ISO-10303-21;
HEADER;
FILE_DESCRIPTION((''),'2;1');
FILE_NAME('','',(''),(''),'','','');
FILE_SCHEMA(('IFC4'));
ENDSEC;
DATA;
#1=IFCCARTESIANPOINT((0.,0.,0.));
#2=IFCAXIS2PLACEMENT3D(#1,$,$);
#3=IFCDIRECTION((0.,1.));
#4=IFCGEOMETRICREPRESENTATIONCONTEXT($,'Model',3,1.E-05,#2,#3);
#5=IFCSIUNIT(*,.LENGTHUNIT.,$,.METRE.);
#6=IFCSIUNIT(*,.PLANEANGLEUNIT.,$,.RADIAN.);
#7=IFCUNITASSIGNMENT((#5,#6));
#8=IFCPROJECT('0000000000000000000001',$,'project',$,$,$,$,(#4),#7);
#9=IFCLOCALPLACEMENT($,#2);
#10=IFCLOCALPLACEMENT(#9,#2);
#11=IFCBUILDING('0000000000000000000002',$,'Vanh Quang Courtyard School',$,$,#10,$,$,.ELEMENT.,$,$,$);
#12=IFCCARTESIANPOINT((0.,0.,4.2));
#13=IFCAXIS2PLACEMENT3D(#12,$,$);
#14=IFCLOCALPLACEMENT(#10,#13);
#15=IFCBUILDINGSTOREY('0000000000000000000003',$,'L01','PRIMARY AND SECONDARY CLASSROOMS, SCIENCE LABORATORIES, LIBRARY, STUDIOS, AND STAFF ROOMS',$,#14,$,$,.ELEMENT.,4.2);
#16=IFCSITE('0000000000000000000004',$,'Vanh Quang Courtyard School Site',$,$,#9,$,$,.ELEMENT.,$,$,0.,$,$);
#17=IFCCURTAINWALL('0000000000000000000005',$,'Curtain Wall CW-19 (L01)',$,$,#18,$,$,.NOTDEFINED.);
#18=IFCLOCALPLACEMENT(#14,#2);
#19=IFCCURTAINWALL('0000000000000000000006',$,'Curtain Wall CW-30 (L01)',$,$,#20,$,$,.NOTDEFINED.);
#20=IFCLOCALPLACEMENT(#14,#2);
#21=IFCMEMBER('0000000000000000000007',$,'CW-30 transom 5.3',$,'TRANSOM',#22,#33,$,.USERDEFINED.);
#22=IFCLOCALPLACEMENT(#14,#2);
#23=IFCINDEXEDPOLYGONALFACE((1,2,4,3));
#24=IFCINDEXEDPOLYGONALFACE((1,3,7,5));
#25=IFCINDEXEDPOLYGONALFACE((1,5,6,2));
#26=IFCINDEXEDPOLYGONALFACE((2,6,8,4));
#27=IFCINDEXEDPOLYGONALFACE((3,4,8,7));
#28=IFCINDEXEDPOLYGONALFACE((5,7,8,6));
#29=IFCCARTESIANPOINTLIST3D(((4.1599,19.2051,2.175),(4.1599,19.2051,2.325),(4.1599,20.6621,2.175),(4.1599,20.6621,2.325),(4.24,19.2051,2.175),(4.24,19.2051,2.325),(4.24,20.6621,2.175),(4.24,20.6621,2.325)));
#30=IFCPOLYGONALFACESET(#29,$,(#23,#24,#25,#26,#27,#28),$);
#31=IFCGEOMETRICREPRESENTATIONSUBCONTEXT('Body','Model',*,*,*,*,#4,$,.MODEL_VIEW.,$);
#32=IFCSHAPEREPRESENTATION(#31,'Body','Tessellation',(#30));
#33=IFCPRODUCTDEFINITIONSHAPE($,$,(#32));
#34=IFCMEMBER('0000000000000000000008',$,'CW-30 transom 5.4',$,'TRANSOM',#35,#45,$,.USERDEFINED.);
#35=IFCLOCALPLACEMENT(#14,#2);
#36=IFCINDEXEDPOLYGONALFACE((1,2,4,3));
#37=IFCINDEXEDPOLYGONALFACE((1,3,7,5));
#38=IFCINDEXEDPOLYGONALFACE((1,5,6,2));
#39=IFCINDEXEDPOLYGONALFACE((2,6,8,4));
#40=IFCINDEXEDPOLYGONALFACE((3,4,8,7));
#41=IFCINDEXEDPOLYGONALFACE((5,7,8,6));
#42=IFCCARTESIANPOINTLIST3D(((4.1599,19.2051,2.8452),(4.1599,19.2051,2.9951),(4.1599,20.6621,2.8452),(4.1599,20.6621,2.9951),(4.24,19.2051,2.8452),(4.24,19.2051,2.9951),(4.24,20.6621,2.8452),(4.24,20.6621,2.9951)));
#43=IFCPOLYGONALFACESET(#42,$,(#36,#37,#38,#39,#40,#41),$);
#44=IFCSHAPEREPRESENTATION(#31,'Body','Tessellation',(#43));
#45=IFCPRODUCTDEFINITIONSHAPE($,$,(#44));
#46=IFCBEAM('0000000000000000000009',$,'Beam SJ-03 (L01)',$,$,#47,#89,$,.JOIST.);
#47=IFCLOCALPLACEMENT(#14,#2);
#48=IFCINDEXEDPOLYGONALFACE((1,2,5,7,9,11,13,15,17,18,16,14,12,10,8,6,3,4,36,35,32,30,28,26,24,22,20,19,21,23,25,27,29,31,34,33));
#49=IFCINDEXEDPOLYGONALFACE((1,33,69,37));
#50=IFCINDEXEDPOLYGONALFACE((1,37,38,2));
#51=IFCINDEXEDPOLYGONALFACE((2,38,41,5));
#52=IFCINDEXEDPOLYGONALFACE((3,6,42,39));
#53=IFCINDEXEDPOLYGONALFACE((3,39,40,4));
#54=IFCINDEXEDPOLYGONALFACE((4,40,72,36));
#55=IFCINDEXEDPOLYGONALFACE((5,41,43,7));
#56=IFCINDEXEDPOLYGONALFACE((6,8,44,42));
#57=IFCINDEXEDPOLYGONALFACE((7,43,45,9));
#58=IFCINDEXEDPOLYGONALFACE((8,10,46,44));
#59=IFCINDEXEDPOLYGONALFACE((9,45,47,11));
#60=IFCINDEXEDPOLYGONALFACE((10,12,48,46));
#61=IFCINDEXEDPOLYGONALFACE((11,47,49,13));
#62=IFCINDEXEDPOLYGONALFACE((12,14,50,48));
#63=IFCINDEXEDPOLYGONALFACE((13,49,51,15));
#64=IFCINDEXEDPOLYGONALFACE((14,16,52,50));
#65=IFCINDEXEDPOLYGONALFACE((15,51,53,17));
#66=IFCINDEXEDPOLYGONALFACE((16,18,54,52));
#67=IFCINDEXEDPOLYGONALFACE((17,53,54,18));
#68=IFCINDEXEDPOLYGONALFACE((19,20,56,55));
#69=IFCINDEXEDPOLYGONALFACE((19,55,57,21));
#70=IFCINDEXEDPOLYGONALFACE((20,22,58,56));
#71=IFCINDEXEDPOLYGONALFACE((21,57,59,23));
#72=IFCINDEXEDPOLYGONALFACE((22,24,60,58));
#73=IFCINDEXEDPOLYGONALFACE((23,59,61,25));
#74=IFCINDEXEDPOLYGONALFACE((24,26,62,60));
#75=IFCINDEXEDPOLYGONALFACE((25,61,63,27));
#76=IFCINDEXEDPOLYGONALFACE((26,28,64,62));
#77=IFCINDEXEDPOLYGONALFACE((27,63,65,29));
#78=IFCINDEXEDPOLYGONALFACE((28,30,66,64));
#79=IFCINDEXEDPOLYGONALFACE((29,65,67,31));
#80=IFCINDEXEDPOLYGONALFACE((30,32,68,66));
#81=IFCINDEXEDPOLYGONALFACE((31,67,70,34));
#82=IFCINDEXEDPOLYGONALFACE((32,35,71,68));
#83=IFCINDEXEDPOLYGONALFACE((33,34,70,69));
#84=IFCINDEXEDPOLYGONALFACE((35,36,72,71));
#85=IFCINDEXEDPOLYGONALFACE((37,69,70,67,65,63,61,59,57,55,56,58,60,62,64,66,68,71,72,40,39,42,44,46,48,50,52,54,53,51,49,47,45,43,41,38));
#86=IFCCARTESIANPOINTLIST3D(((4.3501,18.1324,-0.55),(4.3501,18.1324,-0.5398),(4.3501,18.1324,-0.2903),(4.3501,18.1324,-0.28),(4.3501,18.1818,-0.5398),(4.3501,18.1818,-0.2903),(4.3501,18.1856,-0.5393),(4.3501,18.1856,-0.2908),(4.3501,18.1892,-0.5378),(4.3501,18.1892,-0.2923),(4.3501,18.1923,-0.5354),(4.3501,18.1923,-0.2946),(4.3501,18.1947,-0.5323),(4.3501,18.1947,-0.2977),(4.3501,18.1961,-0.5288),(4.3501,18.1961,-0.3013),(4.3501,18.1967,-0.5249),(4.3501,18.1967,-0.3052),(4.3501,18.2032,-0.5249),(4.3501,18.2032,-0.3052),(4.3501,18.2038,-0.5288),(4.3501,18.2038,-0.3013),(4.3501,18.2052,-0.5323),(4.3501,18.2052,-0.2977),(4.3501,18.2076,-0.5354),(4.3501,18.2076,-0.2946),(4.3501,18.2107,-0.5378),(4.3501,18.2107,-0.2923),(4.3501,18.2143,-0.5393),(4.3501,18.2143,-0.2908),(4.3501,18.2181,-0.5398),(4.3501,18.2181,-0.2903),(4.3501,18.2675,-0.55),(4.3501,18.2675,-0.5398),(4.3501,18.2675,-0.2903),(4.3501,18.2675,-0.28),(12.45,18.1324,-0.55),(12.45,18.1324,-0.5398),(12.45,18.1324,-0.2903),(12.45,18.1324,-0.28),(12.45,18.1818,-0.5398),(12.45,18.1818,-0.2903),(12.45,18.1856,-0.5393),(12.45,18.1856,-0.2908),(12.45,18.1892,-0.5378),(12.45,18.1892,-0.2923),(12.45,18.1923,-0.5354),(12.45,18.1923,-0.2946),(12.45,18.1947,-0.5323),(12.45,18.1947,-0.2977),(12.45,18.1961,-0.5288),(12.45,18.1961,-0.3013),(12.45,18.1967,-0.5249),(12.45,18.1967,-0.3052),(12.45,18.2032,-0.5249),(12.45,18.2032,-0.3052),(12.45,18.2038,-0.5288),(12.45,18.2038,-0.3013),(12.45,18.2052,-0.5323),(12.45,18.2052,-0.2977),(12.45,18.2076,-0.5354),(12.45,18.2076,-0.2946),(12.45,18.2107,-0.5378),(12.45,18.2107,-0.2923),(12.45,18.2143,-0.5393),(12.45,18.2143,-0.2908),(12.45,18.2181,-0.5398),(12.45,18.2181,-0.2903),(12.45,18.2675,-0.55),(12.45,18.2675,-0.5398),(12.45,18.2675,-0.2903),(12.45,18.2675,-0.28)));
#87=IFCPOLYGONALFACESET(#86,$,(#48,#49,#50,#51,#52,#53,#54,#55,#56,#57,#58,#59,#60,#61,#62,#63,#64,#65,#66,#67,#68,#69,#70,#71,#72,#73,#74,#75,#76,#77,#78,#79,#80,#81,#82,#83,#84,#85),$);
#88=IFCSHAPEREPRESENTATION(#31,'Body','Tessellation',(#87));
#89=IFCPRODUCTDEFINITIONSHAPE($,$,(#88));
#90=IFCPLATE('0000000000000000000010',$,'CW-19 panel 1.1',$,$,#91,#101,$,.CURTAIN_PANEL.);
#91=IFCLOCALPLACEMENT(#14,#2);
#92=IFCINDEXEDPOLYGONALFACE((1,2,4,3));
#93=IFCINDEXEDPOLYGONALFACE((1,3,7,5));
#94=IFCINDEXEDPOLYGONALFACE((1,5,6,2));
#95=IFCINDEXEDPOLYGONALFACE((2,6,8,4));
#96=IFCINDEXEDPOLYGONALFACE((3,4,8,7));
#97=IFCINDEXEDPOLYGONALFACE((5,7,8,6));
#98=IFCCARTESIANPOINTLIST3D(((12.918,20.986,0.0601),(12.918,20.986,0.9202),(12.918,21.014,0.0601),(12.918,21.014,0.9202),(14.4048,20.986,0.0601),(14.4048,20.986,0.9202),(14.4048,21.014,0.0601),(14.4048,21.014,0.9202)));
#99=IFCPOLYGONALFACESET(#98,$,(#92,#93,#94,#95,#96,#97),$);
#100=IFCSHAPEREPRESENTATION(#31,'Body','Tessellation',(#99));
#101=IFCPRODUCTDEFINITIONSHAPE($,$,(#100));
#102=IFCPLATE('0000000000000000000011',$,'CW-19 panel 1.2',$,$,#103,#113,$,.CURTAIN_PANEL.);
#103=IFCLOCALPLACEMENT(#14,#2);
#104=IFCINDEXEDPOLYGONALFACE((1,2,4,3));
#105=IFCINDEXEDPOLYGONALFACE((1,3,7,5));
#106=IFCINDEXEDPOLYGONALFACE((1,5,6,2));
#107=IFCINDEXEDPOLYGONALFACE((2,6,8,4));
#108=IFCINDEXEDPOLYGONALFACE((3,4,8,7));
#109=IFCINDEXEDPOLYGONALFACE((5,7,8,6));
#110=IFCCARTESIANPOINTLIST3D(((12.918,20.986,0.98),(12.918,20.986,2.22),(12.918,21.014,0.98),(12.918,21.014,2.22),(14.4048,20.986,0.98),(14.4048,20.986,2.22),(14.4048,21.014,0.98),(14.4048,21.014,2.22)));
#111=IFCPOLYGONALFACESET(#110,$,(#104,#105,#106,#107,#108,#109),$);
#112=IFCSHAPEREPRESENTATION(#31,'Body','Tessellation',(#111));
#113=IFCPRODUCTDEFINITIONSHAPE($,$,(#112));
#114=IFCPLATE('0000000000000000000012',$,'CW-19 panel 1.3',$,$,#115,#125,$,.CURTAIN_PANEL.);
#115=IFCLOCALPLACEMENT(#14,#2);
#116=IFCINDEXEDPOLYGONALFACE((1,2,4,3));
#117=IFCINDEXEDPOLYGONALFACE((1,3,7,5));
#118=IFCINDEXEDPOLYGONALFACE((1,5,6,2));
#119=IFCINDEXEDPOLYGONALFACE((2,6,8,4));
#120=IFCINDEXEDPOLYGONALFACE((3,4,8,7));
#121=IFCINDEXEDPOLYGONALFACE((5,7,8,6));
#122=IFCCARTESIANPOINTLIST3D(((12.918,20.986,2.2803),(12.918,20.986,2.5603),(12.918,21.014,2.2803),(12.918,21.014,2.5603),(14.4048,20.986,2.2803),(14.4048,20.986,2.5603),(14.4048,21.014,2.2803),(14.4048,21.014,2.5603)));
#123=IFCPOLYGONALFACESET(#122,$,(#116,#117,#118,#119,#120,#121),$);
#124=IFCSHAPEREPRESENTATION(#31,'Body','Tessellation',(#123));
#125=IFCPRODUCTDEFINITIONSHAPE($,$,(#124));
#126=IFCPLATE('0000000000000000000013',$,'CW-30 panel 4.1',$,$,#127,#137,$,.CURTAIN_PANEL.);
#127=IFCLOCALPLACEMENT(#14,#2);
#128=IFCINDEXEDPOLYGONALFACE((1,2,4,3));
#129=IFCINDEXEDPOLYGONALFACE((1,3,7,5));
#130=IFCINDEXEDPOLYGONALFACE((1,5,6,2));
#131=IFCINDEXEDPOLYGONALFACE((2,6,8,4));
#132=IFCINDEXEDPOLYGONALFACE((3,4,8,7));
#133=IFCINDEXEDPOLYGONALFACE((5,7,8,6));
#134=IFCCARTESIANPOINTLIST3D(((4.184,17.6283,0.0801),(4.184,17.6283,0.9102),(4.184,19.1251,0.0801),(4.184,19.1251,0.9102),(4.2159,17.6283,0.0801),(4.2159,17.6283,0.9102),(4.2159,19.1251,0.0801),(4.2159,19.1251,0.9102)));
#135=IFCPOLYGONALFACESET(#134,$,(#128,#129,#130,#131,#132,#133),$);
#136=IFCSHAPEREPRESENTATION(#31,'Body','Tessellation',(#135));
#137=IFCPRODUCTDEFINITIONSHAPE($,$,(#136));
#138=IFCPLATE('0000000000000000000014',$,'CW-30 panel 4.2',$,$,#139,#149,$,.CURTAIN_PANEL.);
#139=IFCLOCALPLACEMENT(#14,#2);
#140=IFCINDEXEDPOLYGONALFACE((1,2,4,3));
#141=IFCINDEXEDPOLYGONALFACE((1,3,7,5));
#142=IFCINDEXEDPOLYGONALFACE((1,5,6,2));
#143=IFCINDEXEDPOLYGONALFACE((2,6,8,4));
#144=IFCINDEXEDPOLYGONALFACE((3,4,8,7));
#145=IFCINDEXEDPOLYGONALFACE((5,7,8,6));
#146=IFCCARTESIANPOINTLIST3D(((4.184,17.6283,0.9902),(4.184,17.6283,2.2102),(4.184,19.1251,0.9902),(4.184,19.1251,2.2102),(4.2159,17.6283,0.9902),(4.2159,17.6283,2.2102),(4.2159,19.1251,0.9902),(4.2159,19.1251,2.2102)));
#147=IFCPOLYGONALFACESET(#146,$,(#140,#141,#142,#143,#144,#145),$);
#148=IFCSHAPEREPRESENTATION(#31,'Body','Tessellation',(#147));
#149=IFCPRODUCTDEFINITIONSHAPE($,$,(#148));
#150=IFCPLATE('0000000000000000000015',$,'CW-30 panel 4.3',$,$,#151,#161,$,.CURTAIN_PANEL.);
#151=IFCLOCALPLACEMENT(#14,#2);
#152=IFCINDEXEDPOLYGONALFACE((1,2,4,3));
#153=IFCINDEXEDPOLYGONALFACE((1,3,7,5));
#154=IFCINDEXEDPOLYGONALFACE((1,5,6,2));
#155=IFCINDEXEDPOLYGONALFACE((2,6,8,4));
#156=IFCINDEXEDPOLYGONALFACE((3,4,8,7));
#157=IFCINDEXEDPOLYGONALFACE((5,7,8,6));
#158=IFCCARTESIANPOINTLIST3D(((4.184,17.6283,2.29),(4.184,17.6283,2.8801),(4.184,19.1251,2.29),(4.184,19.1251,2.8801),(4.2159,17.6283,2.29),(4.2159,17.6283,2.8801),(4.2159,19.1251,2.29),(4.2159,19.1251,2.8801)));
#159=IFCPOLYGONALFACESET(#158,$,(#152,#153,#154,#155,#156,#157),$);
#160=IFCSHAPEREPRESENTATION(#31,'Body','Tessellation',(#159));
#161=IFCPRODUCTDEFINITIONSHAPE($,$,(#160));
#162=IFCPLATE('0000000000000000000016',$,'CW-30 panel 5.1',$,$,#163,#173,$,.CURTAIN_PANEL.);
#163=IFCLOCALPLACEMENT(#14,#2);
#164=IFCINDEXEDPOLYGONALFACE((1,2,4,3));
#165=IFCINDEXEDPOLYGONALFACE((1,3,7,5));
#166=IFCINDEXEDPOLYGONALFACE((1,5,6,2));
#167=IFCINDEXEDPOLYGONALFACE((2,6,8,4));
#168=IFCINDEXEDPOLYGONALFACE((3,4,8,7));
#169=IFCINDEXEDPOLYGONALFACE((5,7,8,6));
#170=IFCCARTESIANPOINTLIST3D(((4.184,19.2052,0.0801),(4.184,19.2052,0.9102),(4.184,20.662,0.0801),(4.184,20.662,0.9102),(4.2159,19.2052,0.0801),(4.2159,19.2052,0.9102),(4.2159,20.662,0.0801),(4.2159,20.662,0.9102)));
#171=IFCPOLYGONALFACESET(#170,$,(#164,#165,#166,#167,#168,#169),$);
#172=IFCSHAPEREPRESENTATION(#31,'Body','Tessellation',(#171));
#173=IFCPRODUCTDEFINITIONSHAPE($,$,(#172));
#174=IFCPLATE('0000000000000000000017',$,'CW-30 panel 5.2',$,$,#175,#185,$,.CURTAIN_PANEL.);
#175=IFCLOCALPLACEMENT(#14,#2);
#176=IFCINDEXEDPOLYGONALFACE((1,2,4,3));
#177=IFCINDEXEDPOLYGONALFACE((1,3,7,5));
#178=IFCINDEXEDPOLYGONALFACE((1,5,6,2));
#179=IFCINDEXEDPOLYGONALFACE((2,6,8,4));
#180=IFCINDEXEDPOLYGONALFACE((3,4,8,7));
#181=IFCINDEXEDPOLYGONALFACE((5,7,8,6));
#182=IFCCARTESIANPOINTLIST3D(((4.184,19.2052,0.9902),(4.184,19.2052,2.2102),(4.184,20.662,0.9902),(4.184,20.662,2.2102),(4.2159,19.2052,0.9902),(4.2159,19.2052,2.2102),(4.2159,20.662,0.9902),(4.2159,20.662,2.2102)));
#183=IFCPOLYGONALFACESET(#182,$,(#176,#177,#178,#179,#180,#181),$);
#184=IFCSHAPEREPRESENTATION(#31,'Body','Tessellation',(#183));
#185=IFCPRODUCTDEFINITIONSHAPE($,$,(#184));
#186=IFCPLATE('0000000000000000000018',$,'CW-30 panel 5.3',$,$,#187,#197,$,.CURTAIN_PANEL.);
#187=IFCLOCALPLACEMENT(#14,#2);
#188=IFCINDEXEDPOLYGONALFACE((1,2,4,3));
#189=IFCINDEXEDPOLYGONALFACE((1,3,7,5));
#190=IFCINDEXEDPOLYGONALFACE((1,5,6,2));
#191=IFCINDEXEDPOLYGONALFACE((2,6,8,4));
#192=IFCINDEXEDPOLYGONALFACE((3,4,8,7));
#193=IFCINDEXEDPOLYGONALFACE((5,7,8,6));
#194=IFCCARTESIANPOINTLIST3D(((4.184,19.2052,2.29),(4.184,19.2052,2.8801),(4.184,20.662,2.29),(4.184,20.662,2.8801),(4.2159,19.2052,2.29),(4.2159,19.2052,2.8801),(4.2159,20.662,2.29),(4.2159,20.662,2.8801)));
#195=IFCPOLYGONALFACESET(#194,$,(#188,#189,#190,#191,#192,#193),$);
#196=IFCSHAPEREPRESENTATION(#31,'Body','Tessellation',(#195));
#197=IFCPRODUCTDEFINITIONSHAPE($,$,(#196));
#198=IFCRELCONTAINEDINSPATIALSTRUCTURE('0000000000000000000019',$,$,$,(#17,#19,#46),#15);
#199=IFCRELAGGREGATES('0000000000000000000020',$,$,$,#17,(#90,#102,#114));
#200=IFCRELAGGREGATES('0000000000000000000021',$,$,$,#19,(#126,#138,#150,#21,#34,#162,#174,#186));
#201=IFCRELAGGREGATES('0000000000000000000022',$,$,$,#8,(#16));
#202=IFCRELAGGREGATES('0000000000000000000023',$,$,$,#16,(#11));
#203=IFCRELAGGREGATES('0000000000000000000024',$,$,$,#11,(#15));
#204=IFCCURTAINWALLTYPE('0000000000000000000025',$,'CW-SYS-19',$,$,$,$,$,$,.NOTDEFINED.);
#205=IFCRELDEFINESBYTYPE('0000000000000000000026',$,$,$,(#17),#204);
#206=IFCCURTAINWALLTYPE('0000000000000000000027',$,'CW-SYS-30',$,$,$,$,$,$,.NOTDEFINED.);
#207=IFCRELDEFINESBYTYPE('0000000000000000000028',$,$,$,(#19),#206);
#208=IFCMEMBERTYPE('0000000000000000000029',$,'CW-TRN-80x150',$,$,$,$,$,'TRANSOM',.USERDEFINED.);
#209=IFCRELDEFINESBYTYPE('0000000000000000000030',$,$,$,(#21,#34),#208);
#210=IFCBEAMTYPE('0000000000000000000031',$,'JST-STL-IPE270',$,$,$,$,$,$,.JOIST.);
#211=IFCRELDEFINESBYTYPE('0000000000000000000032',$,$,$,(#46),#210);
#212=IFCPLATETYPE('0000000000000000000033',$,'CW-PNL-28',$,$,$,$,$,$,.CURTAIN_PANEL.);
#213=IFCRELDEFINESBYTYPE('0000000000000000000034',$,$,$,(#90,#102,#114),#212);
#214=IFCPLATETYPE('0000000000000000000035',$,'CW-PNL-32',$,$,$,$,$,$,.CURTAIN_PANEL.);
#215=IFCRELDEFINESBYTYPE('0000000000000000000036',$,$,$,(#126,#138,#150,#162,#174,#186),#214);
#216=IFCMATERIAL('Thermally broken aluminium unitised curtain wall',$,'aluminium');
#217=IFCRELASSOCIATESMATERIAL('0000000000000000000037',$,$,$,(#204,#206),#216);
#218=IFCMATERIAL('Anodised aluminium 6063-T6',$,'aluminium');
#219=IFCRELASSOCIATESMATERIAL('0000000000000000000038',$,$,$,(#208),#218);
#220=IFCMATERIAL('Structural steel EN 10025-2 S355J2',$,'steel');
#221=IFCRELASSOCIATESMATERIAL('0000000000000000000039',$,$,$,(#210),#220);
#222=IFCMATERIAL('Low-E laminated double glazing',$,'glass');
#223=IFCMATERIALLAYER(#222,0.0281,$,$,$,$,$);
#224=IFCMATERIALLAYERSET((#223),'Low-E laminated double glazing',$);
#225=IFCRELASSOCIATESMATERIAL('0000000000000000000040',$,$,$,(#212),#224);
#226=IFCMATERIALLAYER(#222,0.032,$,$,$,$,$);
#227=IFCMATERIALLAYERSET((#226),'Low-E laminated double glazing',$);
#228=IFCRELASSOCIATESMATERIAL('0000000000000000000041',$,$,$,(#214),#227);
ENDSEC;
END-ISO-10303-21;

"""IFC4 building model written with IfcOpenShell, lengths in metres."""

from ifc_helpers import new_model, si_unit, direction, frame, origin, origin_2d, place, context, subcontext, project, spatial, rectangle, i_section, extrude, material, layer, layer_set, material_profile, profile_set, type_object, element, aggregate, save


model = new_model("IFC4")

# Units and contexts
model_context = context("Model", 3, precision=1e-05, world=origin(), true_north=direction((0.0, 1.0)))
body_context = subcontext(model_context, "Body", "Model", "MODEL_VIEW")
ifc_project = project(units=[si_unit("LENGTHUNIT", "METRE"), si_unit("PLANEANGLEUNIT", "RADIAN")], contexts=[model_context])

# Site, building, storey
site_placement = place(None, origin())
site = spatial("IfcSite", under=ifc_project, at=site_placement, Name="Vanh Quang Courtyard School Site", CompositionType="ELEMENT", RefElevation=0.0)
building_placement = place(site_placement, origin())
building = spatial("IfcBuilding", under=site, at=building_placement, Name="Vanh Quang Courtyard School", CompositionType="ELEMENT")
storey_placement = place(building_placement, frame((0.0, 0.0, 4.2)))
storey = spatial("IfcBuildingStorey", under=building, at=storey_placement, Name="L01", Description="PRIMARY AND SECONDARY CLASSROOMS, SCIENCE LABORATORIES, LIBRARY, STUDIOS, AND STAFF ROOMS", CompositionType="ELEMENT", Elevation=4.2)

# Curtain wall
ifc_material_1 = material(Name="Thermally broken aluminium unitised curtain wall", Category="aluminium")
curtain_wall_type_1 = type_object("IfcCurtainWallType", Name="CW-SYS-19", PredefinedType="NOTDEFINED", material=ifc_material_1)
curtain_wall_1_placement = place(storey_placement, origin())
curtain_wall_1 = element("IfcCurtainWall", 1, at=curtain_wall_1_placement, inside=storey, type_object=curtain_wall_type_1, Name="Curtain Wall CW-19 (L01)", PredefinedType="NOTDEFINED")
ifc_material_2 = material(Name="Anodised aluminium 6063-T6", Category="aluminium")

# Curtain wall
curtain_wall_type_2 = type_object("IfcCurtainWallType", Name="CW-SYS-30", PredefinedType="NOTDEFINED", material=ifc_material_1)
curtain_wall_2_placement = place(storey_placement, origin())
curtain_wall_2 = element("IfcCurtainWall", 2, at=curtain_wall_2_placement, inside=storey, type_object=curtain_wall_type_2, Name="Curtain Wall CW-30 (L01)", PredefinedType="NOTDEFINED")

# Members
ifc_material_profile_1 = material_profile(ifc_material_2, rectangle(XDim=0.0801, YDim=0.1499, at=origin_2d()), Name="ALU-TRN 80x150")
ifc_profile_set_1 = profile_set([ifc_material_profile_1], Name="Anodised aluminium 6063-T6")
member_type_1 = type_object("IfcMemberType", Name="CW-TRN-80x150", ElementType="TRANSOM", PredefinedType="USERDEFINED", material=ifc_profile_set_1)
member_1_placement = place(storey_placement, frame((4.2, 19.2051, 2.25), z_axis=(0.0, 1.0, 0.0), x_axis=(-1.0, 0.0, 0.0)))
member_1 = element("IfcMember", 3, at=member_1_placement, type_object=member_type_1, Name="CW-30 transom 5.3", ObjectType="TRANSOM", PredefinedType="USERDEFINED", context=body_context, shape_type="SweptSolid", body=[
    extrude(rectangle(XDim=0.0801, YDim=0.1499, at=origin_2d()), origin(), (0.0, 0.0, 1.0), 1.457),
])
member_2_placement = place(storey_placement, frame((4.2, 19.2051, 2.9202), z_axis=(0.0, 1.0, 0.0), x_axis=(-1.0, 0.0, 0.0)))
member_2 = element("IfcMember", 4, at=member_2_placement, type_object=member_type_1, Name="CW-30 transom 5.4", ObjectType="TRANSOM", PredefinedType="USERDEFINED", context=body_context, shape_type="SweptSolid", body=[
    extrude(rectangle(XDim=0.0801, YDim=0.1499, at=origin_2d()), origin(), (0.0, 0.0, 1.0), 1.457),
])

# Beam
ifc_material_3 = material(Name="Structural steel EN 10025-2 S355J2", Category="steel")
ifc_material_profile_2 = material_profile(ifc_material_3, i_section(OverallWidth=0.135, OverallDepth=0.27, WebThickness=0.0066, FlangeThickness=0.0103, FilletRadius=0.0149, at=origin_2d()), Name="IPE 270")
ifc_profile_set_2 = profile_set([ifc_material_profile_2], Name="Structural steel EN 10025-2 S355J2")
beam_type_1 = type_object("IfcBeamType", Name="JST-STL-IPE270", PredefinedType="JOIST", material=ifc_profile_set_2)
beam_1_placement = place(storey_placement, frame((4.3501, 18.2, -0.415), z_axis=(1.0, 0.0, 0.0), x_axis=(0.0, 1.0, 0.0)))
element("IfcBeam", 5, at=beam_1_placement, inside=storey, type_object=beam_type_1, Name="Beam SJ-03 (L01)", PredefinedType="JOIST", context=body_context, shape_type="SweptSolid", body=[
    extrude(i_section(OverallWidth=0.135, OverallDepth=0.27, WebThickness=0.0066, FlangeThickness=0.0103, FilletRadius=0.0149, at=origin_2d()), origin(), (0.0, 0.0, 1.0), 8.0999),
])

# Plates
ifc_material_4 = material(Name="Low-E laminated double glazing", Category="glass")
ifc_layer_1 = layer(ifc_material_4, 0.0281)
ifc_layer_set_1 = layer_set([ifc_layer_1], Name="Low-E laminated double glazing")
plate_type_1 = type_object("IfcPlateType", Name="CW-PNL-28", PredefinedType="CURTAIN_PANEL", material=ifc_layer_set_1)
plate_1_placement = place(storey_placement, frame((13.6614, 21.0, 0.0601), z_axis=(0.0, 0.0, 1.0), x_axis=(1.0, 0.0, 0.0)))
plate_1 = element("IfcPlate", 6, at=plate_1_placement, type_object=plate_type_1, Name="CW-19 panel 1.1", PredefinedType="CURTAIN_PANEL", context=body_context, shape_type="SweptSolid", body=[
    extrude(rectangle(XDim=1.4868, YDim=0.0281, at=origin_2d()), origin(), (0.0, 0.0, 1.0), 0.8601),
])
plate_2_placement = place(storey_placement, frame((13.6614, 21.0, 0.98), z_axis=(0.0, 0.0, 1.0), x_axis=(1.0, 0.0, 0.0)))
plate_2 = element("IfcPlate", 7, at=plate_2_placement, type_object=plate_type_1, Name="CW-19 panel 1.2", PredefinedType="CURTAIN_PANEL", context=body_context, shape_type="SweptSolid", body=[
    extrude(rectangle(XDim=1.4868, YDim=0.0281, at=origin_2d()), origin(), (0.0, 0.0, 1.0), 1.24),
])
plate_3_placement = place(storey_placement, frame((13.6614, 21.0, 2.2803), z_axis=(0.0, 0.0, 1.0), x_axis=(1.0, 0.0, 0.0)))
plate_3 = element("IfcPlate", 8, at=plate_3_placement, type_object=plate_type_1, Name="CW-19 panel 1.3", PredefinedType="CURTAIN_PANEL", context=body_context, shape_type="SweptSolid", body=[
    extrude(rectangle(XDim=1.4868, YDim=0.0281, at=origin_2d()), origin(), (0.0, 0.0, 1.0), 0.28),
])
aggregate(curtain_wall_1, [plate_1, plate_2, plate_3])
ifc_layer_2 = layer(ifc_material_4, 0.032)
ifc_layer_set_2 = layer_set([ifc_layer_2], Name="Low-E laminated double glazing")
plate_type_2 = type_object("IfcPlateType", Name="CW-PNL-32", PredefinedType="CURTAIN_PANEL", material=ifc_layer_set_2)
plate_4_placement = place(storey_placement, frame((4.2, 18.3767, 0.0801), z_axis=(0.0, 0.0, 1.0), x_axis=(0.0, 1.0, 0.0)))
plate_4 = element("IfcPlate", 9, at=plate_4_placement, type_object=plate_type_2, Name="CW-30 panel 4.1", PredefinedType="CURTAIN_PANEL", context=body_context, shape_type="SweptSolid", body=[
    extrude(rectangle(XDim=1.4968, YDim=0.032, at=origin_2d()), origin(), (0.0, 0.0, 1.0), 0.8301),
])
plate_5_placement = place(storey_placement, frame((4.2, 18.3767, 0.9902), z_axis=(0.0, 0.0, 1.0), x_axis=(0.0, 1.0, 0.0)))
plate_5 = element("IfcPlate", 10, at=plate_5_placement, type_object=plate_type_2, Name="CW-30 panel 4.2", PredefinedType="CURTAIN_PANEL", context=body_context, shape_type="SweptSolid", body=[
    extrude(rectangle(XDim=1.4968, YDim=0.032, at=origin_2d()), origin(), (0.0, 0.0, 1.0), 1.22),
])
plate_6_placement = place(storey_placement, frame((4.2, 18.3767, 2.29), z_axis=(0.0, 0.0, 1.0), x_axis=(0.0, 1.0, 0.0)))
plate_6 = element("IfcPlate", 11, at=plate_6_placement, type_object=plate_type_2, Name="CW-30 panel 4.3", PredefinedType="CURTAIN_PANEL", context=body_context, shape_type="SweptSolid", body=[
    extrude(rectangle(XDim=1.4968, YDim=0.032, at=origin_2d()), origin(), (0.0, 0.0, 1.0), 0.5901),
])
plate_7_placement = place(storey_placement, frame((4.2, 19.9336, 0.0801), z_axis=(0.0, 0.0, 1.0), x_axis=(0.0, 1.0, 0.0)))
plate_7 = element("IfcPlate", 12, at=plate_7_placement, type_object=plate_type_2, Name="CW-30 panel 5.1", PredefinedType="CURTAIN_PANEL", context=body_context, shape_type="SweptSolid", body=[
    extrude(rectangle(XDim=1.4568, YDim=0.032, at=origin_2d()), origin(), (0.0, 0.0, 1.0), 0.8301),
])
plate_8_placement = place(storey_placement, frame((4.2, 19.9336, 0.9902), z_axis=(0.0, 0.0, 1.0), x_axis=(0.0, 1.0, 0.0)))
plate_8 = element("IfcPlate", 13, at=plate_8_placement, type_object=plate_type_2, Name="CW-30 panel 5.2", PredefinedType="CURTAIN_PANEL", context=body_context, shape_type="SweptSolid", body=[
    extrude(rectangle(XDim=1.4568, YDim=0.032, at=origin_2d()), origin(), (0.0, 0.0, 1.0), 1.22),
])
plate_9_placement = place(storey_placement, frame((4.2, 19.9336, 2.29), z_axis=(0.0, 0.0, 1.0), x_axis=(0.0, 1.0, 0.0)))
plate_9 = element("IfcPlate", 14, at=plate_9_placement, type_object=plate_type_2, Name="CW-30 panel 5.3", PredefinedType="CURTAIN_PANEL", context=body_context, shape_type="SweptSolid", body=[
    extrude(rectangle(XDim=1.4568, YDim=0.032, at=origin_2d()), origin(), (0.0, 0.0, 1.0), 0.5901),
])
aggregate(curtain_wall_2, [plate_4, plate_5, plate_6, member_1, member_2, plate_7, plate_8, plate_9])

save(model, "model.ifc")
